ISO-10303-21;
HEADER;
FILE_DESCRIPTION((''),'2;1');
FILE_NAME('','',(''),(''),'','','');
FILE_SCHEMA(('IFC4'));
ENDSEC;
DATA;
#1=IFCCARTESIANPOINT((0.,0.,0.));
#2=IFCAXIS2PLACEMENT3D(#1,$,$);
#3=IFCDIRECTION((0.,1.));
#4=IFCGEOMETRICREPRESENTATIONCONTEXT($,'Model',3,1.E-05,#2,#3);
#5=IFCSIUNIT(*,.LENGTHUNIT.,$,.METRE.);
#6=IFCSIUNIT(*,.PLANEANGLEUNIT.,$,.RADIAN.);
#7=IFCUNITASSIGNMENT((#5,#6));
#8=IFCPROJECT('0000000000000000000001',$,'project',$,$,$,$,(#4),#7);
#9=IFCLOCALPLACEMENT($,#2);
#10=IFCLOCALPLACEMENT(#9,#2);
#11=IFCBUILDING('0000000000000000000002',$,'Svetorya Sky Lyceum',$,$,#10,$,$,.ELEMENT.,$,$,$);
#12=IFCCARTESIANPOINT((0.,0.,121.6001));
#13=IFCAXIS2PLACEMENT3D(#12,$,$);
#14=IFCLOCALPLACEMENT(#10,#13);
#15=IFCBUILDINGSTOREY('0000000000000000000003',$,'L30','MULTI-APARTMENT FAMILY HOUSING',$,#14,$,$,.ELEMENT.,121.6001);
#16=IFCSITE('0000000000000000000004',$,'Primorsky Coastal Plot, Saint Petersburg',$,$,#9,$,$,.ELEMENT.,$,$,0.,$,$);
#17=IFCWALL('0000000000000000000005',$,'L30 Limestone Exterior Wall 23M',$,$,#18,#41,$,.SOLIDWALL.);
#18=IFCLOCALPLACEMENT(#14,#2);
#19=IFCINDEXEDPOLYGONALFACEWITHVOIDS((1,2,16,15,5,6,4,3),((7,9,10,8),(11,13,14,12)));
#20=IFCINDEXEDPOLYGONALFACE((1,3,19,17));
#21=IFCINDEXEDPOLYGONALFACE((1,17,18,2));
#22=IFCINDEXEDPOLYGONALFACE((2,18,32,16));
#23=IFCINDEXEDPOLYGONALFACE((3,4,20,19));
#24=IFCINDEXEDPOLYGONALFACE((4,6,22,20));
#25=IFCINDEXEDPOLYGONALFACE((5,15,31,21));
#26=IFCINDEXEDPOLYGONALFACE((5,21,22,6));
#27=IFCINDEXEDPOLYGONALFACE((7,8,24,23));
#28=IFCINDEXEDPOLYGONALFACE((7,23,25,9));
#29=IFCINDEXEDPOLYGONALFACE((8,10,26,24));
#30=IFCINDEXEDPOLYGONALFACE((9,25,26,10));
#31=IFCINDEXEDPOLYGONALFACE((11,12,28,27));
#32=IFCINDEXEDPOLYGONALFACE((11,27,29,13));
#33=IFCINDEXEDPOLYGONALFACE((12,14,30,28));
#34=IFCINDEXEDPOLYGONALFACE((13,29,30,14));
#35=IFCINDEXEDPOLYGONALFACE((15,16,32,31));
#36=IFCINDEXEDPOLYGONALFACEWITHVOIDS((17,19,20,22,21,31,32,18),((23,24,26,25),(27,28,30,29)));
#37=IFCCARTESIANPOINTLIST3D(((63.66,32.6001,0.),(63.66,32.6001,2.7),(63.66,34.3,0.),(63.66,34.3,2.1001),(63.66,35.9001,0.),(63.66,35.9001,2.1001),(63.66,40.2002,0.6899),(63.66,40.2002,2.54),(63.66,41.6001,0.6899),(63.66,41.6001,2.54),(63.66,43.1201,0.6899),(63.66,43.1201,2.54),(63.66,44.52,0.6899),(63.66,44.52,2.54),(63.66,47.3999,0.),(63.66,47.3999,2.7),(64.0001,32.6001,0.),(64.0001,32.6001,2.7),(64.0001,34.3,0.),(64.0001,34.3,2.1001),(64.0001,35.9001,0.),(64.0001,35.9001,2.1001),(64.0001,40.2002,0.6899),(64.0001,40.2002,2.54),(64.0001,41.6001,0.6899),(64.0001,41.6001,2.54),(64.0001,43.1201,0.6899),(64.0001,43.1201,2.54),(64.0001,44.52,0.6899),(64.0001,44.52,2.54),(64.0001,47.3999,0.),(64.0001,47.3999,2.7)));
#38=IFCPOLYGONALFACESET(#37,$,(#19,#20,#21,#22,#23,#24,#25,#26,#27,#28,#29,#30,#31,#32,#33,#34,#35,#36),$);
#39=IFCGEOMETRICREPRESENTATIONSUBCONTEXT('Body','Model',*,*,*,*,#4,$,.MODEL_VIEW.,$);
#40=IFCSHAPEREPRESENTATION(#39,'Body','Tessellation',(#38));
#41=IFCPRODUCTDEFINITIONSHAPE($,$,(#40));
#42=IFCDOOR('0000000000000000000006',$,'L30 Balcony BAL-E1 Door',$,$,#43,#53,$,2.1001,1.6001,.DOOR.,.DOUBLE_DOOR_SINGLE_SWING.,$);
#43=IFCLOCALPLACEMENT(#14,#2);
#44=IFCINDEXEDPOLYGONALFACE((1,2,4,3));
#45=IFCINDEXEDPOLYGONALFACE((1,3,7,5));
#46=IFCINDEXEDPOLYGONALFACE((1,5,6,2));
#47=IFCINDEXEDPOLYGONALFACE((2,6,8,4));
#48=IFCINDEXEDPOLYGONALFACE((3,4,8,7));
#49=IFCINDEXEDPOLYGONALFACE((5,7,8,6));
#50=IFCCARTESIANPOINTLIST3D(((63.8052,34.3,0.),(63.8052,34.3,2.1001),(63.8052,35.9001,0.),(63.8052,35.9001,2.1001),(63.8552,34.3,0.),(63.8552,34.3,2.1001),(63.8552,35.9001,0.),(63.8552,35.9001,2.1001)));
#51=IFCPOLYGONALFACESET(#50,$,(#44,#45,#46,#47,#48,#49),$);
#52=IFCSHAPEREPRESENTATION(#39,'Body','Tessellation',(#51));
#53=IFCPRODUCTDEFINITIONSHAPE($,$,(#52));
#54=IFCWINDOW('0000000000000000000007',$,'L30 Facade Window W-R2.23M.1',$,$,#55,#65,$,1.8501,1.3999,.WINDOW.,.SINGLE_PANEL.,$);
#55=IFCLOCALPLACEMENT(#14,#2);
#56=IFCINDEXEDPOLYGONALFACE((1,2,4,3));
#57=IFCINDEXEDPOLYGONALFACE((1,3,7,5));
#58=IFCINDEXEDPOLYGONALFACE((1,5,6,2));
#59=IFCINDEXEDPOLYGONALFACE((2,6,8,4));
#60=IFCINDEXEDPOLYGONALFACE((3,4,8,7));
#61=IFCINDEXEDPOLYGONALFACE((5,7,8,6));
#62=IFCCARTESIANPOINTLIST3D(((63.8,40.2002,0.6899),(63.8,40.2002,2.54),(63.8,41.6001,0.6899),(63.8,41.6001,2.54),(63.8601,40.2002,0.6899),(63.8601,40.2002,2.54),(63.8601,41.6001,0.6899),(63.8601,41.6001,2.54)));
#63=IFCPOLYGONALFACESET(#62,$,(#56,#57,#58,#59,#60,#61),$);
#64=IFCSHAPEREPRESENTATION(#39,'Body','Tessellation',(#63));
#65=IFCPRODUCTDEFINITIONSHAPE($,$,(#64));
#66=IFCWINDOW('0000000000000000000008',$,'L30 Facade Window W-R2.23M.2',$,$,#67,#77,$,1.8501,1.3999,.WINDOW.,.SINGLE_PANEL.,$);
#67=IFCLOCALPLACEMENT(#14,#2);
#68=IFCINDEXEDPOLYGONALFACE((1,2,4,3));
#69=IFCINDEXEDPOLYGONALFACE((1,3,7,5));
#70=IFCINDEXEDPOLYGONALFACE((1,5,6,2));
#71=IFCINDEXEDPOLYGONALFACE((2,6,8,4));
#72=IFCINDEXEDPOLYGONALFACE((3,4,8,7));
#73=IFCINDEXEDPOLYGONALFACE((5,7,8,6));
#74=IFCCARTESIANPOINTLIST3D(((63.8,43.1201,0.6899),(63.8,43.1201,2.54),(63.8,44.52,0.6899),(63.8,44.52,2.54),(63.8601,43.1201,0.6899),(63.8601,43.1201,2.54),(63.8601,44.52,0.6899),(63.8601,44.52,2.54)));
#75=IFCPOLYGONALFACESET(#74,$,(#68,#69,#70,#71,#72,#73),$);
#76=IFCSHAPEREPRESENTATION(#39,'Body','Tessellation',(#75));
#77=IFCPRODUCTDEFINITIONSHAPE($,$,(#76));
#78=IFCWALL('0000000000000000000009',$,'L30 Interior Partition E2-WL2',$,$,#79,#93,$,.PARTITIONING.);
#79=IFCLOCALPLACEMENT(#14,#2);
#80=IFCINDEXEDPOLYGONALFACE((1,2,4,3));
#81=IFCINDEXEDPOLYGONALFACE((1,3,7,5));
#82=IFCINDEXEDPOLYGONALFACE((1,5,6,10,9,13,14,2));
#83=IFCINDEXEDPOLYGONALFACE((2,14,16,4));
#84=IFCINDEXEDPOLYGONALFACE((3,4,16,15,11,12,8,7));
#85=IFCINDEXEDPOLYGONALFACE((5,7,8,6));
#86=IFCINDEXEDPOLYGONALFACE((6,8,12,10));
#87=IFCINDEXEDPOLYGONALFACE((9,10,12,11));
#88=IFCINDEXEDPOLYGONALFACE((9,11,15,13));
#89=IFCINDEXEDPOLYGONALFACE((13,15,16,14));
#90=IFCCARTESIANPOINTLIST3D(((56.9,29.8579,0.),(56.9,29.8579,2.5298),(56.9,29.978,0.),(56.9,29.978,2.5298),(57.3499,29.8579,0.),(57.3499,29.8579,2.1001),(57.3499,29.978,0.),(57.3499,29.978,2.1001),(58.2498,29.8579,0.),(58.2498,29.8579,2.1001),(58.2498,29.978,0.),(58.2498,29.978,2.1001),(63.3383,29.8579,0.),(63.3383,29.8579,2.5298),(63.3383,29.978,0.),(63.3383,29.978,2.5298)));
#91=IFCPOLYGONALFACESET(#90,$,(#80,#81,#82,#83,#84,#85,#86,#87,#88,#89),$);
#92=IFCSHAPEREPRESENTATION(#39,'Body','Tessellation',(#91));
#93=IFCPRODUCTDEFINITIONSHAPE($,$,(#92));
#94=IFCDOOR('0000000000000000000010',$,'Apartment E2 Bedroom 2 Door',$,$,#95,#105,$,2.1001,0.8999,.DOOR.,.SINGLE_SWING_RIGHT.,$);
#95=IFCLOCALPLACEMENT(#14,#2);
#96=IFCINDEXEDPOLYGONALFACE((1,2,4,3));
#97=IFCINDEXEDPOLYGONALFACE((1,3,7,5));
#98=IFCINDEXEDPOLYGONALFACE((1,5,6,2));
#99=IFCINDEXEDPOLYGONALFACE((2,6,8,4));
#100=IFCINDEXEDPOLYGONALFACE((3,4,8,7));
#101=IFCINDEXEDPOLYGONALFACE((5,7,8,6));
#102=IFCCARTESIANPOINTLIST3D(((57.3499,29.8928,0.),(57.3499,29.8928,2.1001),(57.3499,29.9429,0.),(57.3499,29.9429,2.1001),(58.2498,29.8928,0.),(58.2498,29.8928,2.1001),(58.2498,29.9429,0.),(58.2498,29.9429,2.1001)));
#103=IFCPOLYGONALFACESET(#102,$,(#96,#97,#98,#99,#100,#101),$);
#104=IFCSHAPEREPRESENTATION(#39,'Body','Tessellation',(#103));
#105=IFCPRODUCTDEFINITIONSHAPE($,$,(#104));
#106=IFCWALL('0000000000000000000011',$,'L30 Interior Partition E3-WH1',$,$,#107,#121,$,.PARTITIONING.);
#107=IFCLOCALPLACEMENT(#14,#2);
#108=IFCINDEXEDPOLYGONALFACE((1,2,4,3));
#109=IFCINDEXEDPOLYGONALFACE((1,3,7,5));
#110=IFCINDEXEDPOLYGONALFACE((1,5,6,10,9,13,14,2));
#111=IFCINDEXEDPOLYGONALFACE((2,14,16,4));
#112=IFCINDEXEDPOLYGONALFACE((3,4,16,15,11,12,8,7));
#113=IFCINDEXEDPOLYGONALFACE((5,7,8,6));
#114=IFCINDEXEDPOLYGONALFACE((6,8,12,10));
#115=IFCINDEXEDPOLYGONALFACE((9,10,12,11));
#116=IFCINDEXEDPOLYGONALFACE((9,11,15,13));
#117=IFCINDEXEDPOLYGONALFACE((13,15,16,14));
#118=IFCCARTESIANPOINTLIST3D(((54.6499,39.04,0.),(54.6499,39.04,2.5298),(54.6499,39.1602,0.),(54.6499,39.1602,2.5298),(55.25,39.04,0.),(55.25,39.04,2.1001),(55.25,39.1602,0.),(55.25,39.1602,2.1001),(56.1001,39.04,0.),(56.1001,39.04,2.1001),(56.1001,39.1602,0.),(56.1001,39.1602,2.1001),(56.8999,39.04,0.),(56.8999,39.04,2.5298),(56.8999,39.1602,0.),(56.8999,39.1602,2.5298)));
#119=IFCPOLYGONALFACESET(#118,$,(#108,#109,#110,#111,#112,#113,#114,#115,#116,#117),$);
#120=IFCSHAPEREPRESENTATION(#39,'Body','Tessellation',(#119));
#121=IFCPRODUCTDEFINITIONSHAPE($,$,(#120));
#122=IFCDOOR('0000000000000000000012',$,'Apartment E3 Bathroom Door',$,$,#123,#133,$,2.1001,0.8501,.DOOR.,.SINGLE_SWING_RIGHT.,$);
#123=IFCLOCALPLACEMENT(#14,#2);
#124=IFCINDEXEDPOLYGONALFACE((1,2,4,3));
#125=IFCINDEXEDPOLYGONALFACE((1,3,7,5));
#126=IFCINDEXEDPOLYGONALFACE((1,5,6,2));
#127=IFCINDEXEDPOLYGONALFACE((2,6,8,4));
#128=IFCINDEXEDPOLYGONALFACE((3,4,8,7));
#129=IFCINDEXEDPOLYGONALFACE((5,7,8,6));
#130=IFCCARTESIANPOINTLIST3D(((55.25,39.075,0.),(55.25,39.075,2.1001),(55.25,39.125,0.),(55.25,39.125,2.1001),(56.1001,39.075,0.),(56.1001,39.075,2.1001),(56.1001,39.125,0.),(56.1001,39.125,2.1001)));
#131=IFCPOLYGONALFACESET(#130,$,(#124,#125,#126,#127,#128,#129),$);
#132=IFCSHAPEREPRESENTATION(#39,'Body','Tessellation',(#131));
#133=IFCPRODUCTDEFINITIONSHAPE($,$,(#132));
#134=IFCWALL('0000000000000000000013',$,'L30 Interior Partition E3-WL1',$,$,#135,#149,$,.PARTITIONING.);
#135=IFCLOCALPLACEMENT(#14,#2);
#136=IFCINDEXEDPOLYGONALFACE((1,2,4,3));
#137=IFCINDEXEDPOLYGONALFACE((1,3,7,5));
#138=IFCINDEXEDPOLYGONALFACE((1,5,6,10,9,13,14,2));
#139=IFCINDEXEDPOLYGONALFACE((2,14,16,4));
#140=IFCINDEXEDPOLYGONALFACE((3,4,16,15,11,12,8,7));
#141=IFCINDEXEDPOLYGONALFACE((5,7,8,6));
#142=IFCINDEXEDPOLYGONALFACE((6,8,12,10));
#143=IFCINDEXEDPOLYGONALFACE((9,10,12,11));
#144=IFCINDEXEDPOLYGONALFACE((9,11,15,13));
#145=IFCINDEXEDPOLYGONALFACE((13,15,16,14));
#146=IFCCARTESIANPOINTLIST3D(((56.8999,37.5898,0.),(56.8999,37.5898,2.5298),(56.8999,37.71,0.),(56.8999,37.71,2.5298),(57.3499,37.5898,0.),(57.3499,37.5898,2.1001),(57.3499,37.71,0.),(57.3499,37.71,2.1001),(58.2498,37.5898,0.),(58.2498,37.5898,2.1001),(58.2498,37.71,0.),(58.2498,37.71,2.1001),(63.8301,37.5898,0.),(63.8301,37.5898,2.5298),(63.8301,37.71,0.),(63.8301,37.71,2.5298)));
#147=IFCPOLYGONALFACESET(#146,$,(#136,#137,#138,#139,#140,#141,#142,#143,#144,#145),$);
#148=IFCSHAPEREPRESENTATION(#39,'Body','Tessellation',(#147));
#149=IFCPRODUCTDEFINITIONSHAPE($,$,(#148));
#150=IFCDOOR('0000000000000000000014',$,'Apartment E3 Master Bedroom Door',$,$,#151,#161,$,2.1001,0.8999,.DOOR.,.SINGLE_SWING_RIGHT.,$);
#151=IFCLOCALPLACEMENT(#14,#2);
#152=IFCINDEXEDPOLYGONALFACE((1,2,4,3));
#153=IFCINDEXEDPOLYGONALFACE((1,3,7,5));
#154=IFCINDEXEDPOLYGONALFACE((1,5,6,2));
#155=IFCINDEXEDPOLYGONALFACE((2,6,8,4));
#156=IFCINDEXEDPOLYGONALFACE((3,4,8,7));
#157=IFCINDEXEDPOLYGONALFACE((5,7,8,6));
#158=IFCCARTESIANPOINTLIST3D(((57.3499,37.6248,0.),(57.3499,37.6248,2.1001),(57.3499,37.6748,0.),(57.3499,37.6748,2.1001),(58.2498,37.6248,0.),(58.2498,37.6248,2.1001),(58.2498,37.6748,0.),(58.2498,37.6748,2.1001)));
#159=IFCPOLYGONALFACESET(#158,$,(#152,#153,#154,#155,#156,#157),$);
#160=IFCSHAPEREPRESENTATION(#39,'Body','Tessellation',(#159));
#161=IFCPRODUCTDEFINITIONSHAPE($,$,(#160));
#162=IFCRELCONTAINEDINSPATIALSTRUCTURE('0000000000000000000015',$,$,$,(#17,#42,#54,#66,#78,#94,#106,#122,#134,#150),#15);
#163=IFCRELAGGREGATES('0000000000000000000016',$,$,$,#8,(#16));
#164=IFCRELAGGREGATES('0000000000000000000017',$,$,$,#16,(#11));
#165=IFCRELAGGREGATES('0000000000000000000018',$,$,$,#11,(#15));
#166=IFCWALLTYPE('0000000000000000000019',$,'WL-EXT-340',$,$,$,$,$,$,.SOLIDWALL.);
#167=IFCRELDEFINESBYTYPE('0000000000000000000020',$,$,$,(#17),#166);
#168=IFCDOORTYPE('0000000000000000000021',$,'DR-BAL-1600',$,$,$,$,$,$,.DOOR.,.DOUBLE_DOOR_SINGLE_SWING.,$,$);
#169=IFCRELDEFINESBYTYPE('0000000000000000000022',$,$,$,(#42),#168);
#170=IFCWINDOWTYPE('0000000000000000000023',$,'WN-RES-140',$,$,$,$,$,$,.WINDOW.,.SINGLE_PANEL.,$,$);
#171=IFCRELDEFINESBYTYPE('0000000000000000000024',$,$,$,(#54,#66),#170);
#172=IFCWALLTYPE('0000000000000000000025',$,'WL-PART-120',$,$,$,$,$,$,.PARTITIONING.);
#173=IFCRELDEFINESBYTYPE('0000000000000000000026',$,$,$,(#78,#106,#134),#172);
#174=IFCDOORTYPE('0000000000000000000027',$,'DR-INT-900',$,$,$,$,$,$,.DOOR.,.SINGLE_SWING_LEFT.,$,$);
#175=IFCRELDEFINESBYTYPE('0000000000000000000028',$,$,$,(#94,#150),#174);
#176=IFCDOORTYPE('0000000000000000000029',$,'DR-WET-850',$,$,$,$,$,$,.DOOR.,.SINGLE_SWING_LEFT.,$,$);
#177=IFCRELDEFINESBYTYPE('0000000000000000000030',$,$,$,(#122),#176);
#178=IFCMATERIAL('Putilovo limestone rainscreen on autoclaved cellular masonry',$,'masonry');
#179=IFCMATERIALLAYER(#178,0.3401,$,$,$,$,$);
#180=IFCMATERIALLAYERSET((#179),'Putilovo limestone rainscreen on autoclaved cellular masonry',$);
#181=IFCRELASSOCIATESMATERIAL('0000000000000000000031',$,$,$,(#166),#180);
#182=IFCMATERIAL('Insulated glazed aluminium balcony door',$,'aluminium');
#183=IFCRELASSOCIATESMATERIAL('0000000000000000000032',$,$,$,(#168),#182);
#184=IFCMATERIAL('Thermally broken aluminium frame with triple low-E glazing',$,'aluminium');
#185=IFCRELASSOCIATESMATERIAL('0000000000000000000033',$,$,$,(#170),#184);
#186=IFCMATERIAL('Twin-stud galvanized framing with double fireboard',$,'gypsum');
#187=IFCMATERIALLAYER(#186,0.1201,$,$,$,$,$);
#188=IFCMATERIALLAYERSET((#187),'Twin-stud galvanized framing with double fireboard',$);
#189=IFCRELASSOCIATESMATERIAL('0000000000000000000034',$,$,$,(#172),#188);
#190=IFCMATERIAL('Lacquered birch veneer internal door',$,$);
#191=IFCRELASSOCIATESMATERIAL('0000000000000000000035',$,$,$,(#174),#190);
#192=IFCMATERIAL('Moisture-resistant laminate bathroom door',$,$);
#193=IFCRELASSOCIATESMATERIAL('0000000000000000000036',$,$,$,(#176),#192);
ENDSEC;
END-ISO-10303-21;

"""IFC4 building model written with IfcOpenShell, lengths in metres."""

from ifc_helpers import new_model, si_unit, direction, frame, frame_2d, origin, place, context, subcontext, project, spatial, rectangle, extrude, material, layer, layer_set, type_object, element, fill, save


model = new_model("IFC4")

# Units and contexts
model_context = context("Model", 3, precision=1e-05, world=origin(), true_north=direction((0.0, 1.0)))
body_context = subcontext(model_context, "Body", "Model", "MODEL_VIEW")
ifc_project = project(units=[si_unit("LENGTHUNIT", "METRE"), si_unit("PLANEANGLEUNIT", "RADIAN")], contexts=[model_context])

# Site, building, storey
site_placement = place(None, origin())
site = spatial("IfcSite", under=ifc_project, at=site_placement, Name="Primorsky Coastal Plot, Saint Petersburg", CompositionType="ELEMENT", RefElevation=0.0)
building_placement = place(site_placement, origin())
building = spatial("IfcBuilding", under=site, at=building_placement, Name="Svetorya Sky Lyceum", CompositionType="ELEMENT")
storey_placement = place(building_placement, frame((0.0, 0.0, 121.6001)))
storey = spatial("IfcBuildingStorey", under=building, at=storey_placement, Name="L30", Description="MULTI-APARTMENT FAMILY HOUSING", CompositionType="ELEMENT", Elevation=121.6001)

# Shared definitions
ifc_material_1 = material(Name="Putilovo limestone rainscreen on autoclaved cellular masonry", Category="masonry")
ifc_layer_1 = layer(ifc_material_1, 0.3401)
ifc_layer_set_1 = layer_set([ifc_layer_1], Name="Putilovo limestone rainscreen on autoclaved cellular masonry")
wall_type_1 = type_object("IfcWallType", Name="WL-EXT-340", PredefinedType="SOLIDWALL", material=ifc_layer_set_1)

# Shared definitions
ifc_material_2 = material(Name="Thermally broken aluminium frame with triple low-E glazing", Category="aluminium")

# Wall, openings, door, windows
wall_1_placement = place(storey_placement, frame((63.8301, 32.6001, 0.0), z_axis=(0.0, 0.0, 1.0), x_axis=(0.0, 1.0, 0.0)))
wall_1 = element("IfcWall", 1, at=wall_1_placement, inside=storey, type_object=wall_type_1, Name="L30 Limestone Exterior Wall 23M", PredefinedType="SOLIDWALL", context=body_context, shape_type="SweptSolid", body=[
    extrude(rectangle(XDim=14.7998, YDim=0.3401, at=frame_2d((7.3999, 0.0))), origin(), (0.0, 0.0, 1.0), 2.7),
])
opening_1_placement = place(wall_1_placement, frame((1.7, 0.0, 0.0)))
opening_1 = element("IfcOpeningElement", 2, at=opening_1_placement, cuts=wall_1, PredefinedType="OPENING", context=body_context, shape_type="SweptSolid", body=[
    extrude(rectangle(XDim=1.6001, YDim=2.1001, at=frame_2d((0.8, 1.05))), frame((0.0, 0.1799, 0.0), z_axis=(0.0, -1.0, 0.0), x_axis=(1.0, 0.0, 0.0)), (0.0, 0.0, 1.0), 0.3601),
])
opening_2_placement = place(wall_1_placement, frame((7.6001, 0.0, 0.6899)))
opening_2 = element("IfcOpeningElement", 3, at=opening_2_placement, cuts=wall_1, PredefinedType="OPENING", context=body_context, shape_type="SweptSolid", body=[
    extrude(rectangle(XDim=1.3999, YDim=1.8501, at=frame_2d((0.7, 0.925))), frame((0.0, 0.1799, 0.0), z_axis=(0.0, -1.0, 0.0), x_axis=(1.0, 0.0, 0.0)), (0.0, 0.0, 1.0), 0.3601),
])
opening_3_placement = place(wall_1_placement, frame((10.52, 0.0, 0.6899)))
opening_3 = element("IfcOpeningElement", 4, at=opening_3_placement, cuts=wall_1, PredefinedType="OPENING", context=body_context, shape_type="SweptSolid", body=[
    extrude(rectangle(XDim=1.3999, YDim=1.8501, at=frame_2d((0.7, 0.925))), frame((0.0, 0.1799, 0.0), z_axis=(0.0, -1.0, 0.0), x_axis=(1.0, 0.0, 0.0)), (0.0, 0.0, 1.0), 0.3601),
])
ifc_material_3 = material(Name="Insulated glazed aluminium balcony door", Category="aluminium")
door_type_1 = type_object("IfcDoorType", Name="DR-BAL-1600", OperationType="DOUBLE_DOOR_SINGLE_SWING", PredefinedType="DOOR", material=ifc_material_3)
door_1_placement = place(opening_1_placement, origin())
door_1 = element("IfcDoor", 5, at=door_1_placement, inside=storey, type_object=door_type_1, Name="L30 Balcony BAL-E1 Door", OperationType="DOUBLE_DOOR_SINGLE_SWING", OverallHeight=2.1001, OverallWidth=1.6001, PredefinedType="DOOR", context=body_context, shape_type="SweptSolid", body=[
    extrude(rectangle(XDim=1.6001, YDim=2.1001, at=frame_2d((0.8, 1.05))), frame((0.0, 0.0249, 0.0), z_axis=(0.0, -1.0, 0.0), x_axis=(1.0, 0.0, 0.0)), (0.0, 0.0, 1.0), 0.05),
])
fill(opening_1, door_1)
window_type_1 = type_object("IfcWindowType", Name="WN-RES-140", PartitioningType="SINGLE_PANEL", PredefinedType="WINDOW", material=ifc_material_2)
window_1_placement = place(opening_2_placement, origin())
window_1 = element("IfcWindow", 6, at=window_1_placement, inside=storey, type_object=window_type_1, Name="L30 Facade Window W-R2.23M.1", OverallHeight=1.8501, OverallWidth=1.3999, PartitioningType="SINGLE_PANEL", PredefinedType="WINDOW", context=body_context, shape_type="SweptSolid", body=[
    extrude(rectangle(XDim=1.3999, YDim=1.8501, at=frame_2d((0.7, 0.925))), frame((0.0, 0.03, 0.0), z_axis=(0.0, -1.0, 0.0), x_axis=(1.0, 0.0, 0.0)), (0.0, 0.0, 1.0), 0.0601),
])
fill(opening_2, window_1)
window_2_placement = place(opening_3_placement, origin())
window_2 = element("IfcWindow", 7, at=window_2_placement, inside=storey, type_object=window_type_1, Name="L30 Facade Window W-R2.23M.2", OverallHeight=1.8501, OverallWidth=1.3999, PartitioningType="SINGLE_PANEL", PredefinedType="WINDOW", context=body_context, shape_type="SweptSolid", body=[
    extrude(rectangle(XDim=1.3999, YDim=1.8501, at=frame_2d((0.7, 0.925))), frame((0.0, 0.03, 0.0), z_axis=(0.0, -1.0, 0.0), x_axis=(1.0, 0.0, 0.0)), (0.0, 0.0, 1.0), 0.0601),
])
fill(opening_3, window_2)

# Walls, openings, doors
ifc_material_4 = material(Name="Twin-stud galvanized framing with double fireboard", Category="gypsum")
ifc_layer_2 = layer(ifc_material_4, 0.1201)
ifc_layer_set_2 = layer_set([ifc_layer_2], Name="Twin-stud galvanized framing with double fireboard")
wall_type_2 = type_object("IfcWallType", Name="WL-PART-120", PredefinedType="PARTITIONING", material=ifc_layer_set_2)
wall_2_placement = place(storey_placement, frame((56.8999, 29.918, 0.0), z_axis=(0.0, 0.0, 1.0), x_axis=(1.0, 0.0, 0.0)))
wall_2 = element("IfcWall", 8, at=wall_2_placement, inside=storey, type_object=wall_type_2, Name="L30 Interior Partition E2-WL2", PredefinedType="PARTITIONING", context=body_context, shape_type="SweptSolid", body=[
    extrude(rectangle(XDim=6.4382, YDim=0.1201, at=frame_2d((3.2192, 0.0))), origin(), (0.0, 0.0, 1.0), 2.5298),
])
opening_4_placement = place(wall_2_placement, frame((0.45, 0.0, 0.0)))
opening_4 = element("IfcOpeningElement", 9, at=opening_4_placement, cuts=wall_2, PredefinedType="OPENING", context=body_context, shape_type="SweptSolid", body=[
    extrude(rectangle(XDim=0.8999, YDim=2.1001, at=frame_2d((0.45, 1.05))), frame((0.0, 0.0701, 0.0), z_axis=(0.0, -1.0, 0.0), x_axis=(1.0, 0.0, 0.0)), (0.0, 0.0, 1.0), 0.1401),
])
ifc_material_5 = material(Name="Lacquered birch veneer internal door")
door_type_2 = type_object("IfcDoorType", Name="DR-INT-900", OperationType="SINGLE_SWING_LEFT", PredefinedType="DOOR", material=ifc_material_5)
door_2_placement = place(opening_4_placement, origin())
door_2 = element("IfcDoor", 10, at=door_2_placement, inside=storey, type_object=door_type_2, Name="Apartment E2 Bedroom 2 Door", OperationType="SINGLE_SWING_RIGHT", OverallHeight=2.1001, OverallWidth=0.8999, PredefinedType="DOOR", context=body_context, shape_type="SweptSolid", body=[
    extrude(rectangle(XDim=0.8999, YDim=2.1001, at=frame_2d((0.45, 1.05))), frame((0.0, 0.0249, 0.0), z_axis=(0.0, -1.0, 0.0), x_axis=(1.0, 0.0, 0.0)), (0.0, 0.0, 1.0), 0.05),
])
fill(opening_4, door_2)
wall_3_placement = place(storey_placement, frame((54.6499, 39.1001, 0.0), z_axis=(0.0, 0.0, 1.0), x_axis=(1.0, 0.0, 0.0)))
wall_3 = element("IfcWall", 11, at=wall_3_placement, inside=storey, type_object=wall_type_2, Name="L30 Interior Partition E3-WH1", PredefinedType="PARTITIONING", context=body_context, shape_type="SweptSolid", body=[
    extrude(rectangle(XDim=2.25, YDim=0.1201, at=frame_2d((1.125, 0.0))), origin(), (0.0, 0.0, 1.0), 2.5298),
])
opening_5_placement = place(wall_3_placement, frame((0.6001, 0.0, 0.0)))
opening_5 = element("IfcOpeningElement", 12, at=opening_5_placement, cuts=wall_3, PredefinedType="OPENING", context=body_context, shape_type="SweptSolid", body=[
    extrude(rectangle(XDim=0.8501, YDim=2.1001, at=frame_2d((0.425, 1.05))), frame((0.0, 0.0701, 0.0), z_axis=(0.0, -1.0, 0.0), x_axis=(1.0, 0.0, 0.0)), (0.0, 0.0, 1.0), 0.1401),
])
ifc_material_6 = material(Name="Moisture-resistant laminate bathroom door")
door_type_3 = type_object("IfcDoorType", Name="DR-WET-850", OperationType="SINGLE_SWING_LEFT", PredefinedType="DOOR", material=ifc_material_6)
door_3_placement = place(opening_5_placement, origin())
door_3 = element("IfcDoor", 13, at=door_3_placement, inside=storey, type_object=door_type_3, Name="Apartment E3 Bathroom Door", OperationType="SINGLE_SWING_RIGHT", OverallHeight=2.1001, OverallWidth=0.8501, PredefinedType="DOOR", context=body_context, shape_type="SweptSolid", body=[
    extrude(rectangle(XDim=0.8501, YDim=2.1001, at=frame_2d((0.425, 1.05))), frame((0.0, 0.0249, 0.0), z_axis=(0.0, -1.0, 0.0), x_axis=(1.0, 0.0, 0.0)), (0.0, 0.0, 1.0), 0.05),
])
fill(opening_5, door_3)
wall_4_placement = place(storey_placement, frame((56.8999, 37.6499, 0.0), z_axis=(0.0, 0.0, 1.0), x_axis=(1.0, 0.0, 0.0)))
wall_4 = element("IfcWall", 14, at=wall_4_placement, inside=storey, type_object=wall_type_2, Name="L30 Interior Partition E3-WL1", PredefinedType="PARTITIONING", context=body_context, shape_type="SweptSolid", body=[
    extrude(rectangle(XDim=6.9302, YDim=0.1201, at=frame_2d((3.4651, 0.0))), origin(), (0.0, 0.0, 1.0), 2.5298),
])
opening_6_placement = place(wall_4_placement, frame((0.45, 0.0, 0.0)))
opening_6 = element("IfcOpeningElement", 15, at=opening_6_placement, cuts=wall_4, PredefinedType="OPENING", context=body_context, shape_type="SweptSolid", body=[
    extrude(rectangle(XDim=0.8999, YDim=2.1001, at=frame_2d((0.45, 1.05))), frame((0.0, 0.0701, 0.0), z_axis=(0.0, -1.0, 0.0), x_axis=(1.0, 0.0, 0.0)), (0.0, 0.0, 1.0), 0.1401),
])
door_4_placement = place(opening_6_placement, origin())
door_4 = element("IfcDoor", 16, at=door_4_placement, inside=storey, type_object=door_type_2, Name="Apartment E3 Master Bedroom Door", OperationType="SINGLE_SWING_RIGHT", OverallHeight=2.1001, OverallWidth=0.8999, PredefinedType="DOOR", context=body_context, shape_type="SweptSolid", body=[
    extrude(rectangle(XDim=0.8999, YDim=2.1001, at=frame_2d((0.45, 1.05))), frame((0.0, 0.0249, 0.0), z_axis=(0.0, -1.0, 0.0), x_axis=(1.0, 0.0, 0.0)), (0.0, 0.0, 1.0), 0.05),
])
fill(opening_6, door_4)

save(model, "model.ifc")
